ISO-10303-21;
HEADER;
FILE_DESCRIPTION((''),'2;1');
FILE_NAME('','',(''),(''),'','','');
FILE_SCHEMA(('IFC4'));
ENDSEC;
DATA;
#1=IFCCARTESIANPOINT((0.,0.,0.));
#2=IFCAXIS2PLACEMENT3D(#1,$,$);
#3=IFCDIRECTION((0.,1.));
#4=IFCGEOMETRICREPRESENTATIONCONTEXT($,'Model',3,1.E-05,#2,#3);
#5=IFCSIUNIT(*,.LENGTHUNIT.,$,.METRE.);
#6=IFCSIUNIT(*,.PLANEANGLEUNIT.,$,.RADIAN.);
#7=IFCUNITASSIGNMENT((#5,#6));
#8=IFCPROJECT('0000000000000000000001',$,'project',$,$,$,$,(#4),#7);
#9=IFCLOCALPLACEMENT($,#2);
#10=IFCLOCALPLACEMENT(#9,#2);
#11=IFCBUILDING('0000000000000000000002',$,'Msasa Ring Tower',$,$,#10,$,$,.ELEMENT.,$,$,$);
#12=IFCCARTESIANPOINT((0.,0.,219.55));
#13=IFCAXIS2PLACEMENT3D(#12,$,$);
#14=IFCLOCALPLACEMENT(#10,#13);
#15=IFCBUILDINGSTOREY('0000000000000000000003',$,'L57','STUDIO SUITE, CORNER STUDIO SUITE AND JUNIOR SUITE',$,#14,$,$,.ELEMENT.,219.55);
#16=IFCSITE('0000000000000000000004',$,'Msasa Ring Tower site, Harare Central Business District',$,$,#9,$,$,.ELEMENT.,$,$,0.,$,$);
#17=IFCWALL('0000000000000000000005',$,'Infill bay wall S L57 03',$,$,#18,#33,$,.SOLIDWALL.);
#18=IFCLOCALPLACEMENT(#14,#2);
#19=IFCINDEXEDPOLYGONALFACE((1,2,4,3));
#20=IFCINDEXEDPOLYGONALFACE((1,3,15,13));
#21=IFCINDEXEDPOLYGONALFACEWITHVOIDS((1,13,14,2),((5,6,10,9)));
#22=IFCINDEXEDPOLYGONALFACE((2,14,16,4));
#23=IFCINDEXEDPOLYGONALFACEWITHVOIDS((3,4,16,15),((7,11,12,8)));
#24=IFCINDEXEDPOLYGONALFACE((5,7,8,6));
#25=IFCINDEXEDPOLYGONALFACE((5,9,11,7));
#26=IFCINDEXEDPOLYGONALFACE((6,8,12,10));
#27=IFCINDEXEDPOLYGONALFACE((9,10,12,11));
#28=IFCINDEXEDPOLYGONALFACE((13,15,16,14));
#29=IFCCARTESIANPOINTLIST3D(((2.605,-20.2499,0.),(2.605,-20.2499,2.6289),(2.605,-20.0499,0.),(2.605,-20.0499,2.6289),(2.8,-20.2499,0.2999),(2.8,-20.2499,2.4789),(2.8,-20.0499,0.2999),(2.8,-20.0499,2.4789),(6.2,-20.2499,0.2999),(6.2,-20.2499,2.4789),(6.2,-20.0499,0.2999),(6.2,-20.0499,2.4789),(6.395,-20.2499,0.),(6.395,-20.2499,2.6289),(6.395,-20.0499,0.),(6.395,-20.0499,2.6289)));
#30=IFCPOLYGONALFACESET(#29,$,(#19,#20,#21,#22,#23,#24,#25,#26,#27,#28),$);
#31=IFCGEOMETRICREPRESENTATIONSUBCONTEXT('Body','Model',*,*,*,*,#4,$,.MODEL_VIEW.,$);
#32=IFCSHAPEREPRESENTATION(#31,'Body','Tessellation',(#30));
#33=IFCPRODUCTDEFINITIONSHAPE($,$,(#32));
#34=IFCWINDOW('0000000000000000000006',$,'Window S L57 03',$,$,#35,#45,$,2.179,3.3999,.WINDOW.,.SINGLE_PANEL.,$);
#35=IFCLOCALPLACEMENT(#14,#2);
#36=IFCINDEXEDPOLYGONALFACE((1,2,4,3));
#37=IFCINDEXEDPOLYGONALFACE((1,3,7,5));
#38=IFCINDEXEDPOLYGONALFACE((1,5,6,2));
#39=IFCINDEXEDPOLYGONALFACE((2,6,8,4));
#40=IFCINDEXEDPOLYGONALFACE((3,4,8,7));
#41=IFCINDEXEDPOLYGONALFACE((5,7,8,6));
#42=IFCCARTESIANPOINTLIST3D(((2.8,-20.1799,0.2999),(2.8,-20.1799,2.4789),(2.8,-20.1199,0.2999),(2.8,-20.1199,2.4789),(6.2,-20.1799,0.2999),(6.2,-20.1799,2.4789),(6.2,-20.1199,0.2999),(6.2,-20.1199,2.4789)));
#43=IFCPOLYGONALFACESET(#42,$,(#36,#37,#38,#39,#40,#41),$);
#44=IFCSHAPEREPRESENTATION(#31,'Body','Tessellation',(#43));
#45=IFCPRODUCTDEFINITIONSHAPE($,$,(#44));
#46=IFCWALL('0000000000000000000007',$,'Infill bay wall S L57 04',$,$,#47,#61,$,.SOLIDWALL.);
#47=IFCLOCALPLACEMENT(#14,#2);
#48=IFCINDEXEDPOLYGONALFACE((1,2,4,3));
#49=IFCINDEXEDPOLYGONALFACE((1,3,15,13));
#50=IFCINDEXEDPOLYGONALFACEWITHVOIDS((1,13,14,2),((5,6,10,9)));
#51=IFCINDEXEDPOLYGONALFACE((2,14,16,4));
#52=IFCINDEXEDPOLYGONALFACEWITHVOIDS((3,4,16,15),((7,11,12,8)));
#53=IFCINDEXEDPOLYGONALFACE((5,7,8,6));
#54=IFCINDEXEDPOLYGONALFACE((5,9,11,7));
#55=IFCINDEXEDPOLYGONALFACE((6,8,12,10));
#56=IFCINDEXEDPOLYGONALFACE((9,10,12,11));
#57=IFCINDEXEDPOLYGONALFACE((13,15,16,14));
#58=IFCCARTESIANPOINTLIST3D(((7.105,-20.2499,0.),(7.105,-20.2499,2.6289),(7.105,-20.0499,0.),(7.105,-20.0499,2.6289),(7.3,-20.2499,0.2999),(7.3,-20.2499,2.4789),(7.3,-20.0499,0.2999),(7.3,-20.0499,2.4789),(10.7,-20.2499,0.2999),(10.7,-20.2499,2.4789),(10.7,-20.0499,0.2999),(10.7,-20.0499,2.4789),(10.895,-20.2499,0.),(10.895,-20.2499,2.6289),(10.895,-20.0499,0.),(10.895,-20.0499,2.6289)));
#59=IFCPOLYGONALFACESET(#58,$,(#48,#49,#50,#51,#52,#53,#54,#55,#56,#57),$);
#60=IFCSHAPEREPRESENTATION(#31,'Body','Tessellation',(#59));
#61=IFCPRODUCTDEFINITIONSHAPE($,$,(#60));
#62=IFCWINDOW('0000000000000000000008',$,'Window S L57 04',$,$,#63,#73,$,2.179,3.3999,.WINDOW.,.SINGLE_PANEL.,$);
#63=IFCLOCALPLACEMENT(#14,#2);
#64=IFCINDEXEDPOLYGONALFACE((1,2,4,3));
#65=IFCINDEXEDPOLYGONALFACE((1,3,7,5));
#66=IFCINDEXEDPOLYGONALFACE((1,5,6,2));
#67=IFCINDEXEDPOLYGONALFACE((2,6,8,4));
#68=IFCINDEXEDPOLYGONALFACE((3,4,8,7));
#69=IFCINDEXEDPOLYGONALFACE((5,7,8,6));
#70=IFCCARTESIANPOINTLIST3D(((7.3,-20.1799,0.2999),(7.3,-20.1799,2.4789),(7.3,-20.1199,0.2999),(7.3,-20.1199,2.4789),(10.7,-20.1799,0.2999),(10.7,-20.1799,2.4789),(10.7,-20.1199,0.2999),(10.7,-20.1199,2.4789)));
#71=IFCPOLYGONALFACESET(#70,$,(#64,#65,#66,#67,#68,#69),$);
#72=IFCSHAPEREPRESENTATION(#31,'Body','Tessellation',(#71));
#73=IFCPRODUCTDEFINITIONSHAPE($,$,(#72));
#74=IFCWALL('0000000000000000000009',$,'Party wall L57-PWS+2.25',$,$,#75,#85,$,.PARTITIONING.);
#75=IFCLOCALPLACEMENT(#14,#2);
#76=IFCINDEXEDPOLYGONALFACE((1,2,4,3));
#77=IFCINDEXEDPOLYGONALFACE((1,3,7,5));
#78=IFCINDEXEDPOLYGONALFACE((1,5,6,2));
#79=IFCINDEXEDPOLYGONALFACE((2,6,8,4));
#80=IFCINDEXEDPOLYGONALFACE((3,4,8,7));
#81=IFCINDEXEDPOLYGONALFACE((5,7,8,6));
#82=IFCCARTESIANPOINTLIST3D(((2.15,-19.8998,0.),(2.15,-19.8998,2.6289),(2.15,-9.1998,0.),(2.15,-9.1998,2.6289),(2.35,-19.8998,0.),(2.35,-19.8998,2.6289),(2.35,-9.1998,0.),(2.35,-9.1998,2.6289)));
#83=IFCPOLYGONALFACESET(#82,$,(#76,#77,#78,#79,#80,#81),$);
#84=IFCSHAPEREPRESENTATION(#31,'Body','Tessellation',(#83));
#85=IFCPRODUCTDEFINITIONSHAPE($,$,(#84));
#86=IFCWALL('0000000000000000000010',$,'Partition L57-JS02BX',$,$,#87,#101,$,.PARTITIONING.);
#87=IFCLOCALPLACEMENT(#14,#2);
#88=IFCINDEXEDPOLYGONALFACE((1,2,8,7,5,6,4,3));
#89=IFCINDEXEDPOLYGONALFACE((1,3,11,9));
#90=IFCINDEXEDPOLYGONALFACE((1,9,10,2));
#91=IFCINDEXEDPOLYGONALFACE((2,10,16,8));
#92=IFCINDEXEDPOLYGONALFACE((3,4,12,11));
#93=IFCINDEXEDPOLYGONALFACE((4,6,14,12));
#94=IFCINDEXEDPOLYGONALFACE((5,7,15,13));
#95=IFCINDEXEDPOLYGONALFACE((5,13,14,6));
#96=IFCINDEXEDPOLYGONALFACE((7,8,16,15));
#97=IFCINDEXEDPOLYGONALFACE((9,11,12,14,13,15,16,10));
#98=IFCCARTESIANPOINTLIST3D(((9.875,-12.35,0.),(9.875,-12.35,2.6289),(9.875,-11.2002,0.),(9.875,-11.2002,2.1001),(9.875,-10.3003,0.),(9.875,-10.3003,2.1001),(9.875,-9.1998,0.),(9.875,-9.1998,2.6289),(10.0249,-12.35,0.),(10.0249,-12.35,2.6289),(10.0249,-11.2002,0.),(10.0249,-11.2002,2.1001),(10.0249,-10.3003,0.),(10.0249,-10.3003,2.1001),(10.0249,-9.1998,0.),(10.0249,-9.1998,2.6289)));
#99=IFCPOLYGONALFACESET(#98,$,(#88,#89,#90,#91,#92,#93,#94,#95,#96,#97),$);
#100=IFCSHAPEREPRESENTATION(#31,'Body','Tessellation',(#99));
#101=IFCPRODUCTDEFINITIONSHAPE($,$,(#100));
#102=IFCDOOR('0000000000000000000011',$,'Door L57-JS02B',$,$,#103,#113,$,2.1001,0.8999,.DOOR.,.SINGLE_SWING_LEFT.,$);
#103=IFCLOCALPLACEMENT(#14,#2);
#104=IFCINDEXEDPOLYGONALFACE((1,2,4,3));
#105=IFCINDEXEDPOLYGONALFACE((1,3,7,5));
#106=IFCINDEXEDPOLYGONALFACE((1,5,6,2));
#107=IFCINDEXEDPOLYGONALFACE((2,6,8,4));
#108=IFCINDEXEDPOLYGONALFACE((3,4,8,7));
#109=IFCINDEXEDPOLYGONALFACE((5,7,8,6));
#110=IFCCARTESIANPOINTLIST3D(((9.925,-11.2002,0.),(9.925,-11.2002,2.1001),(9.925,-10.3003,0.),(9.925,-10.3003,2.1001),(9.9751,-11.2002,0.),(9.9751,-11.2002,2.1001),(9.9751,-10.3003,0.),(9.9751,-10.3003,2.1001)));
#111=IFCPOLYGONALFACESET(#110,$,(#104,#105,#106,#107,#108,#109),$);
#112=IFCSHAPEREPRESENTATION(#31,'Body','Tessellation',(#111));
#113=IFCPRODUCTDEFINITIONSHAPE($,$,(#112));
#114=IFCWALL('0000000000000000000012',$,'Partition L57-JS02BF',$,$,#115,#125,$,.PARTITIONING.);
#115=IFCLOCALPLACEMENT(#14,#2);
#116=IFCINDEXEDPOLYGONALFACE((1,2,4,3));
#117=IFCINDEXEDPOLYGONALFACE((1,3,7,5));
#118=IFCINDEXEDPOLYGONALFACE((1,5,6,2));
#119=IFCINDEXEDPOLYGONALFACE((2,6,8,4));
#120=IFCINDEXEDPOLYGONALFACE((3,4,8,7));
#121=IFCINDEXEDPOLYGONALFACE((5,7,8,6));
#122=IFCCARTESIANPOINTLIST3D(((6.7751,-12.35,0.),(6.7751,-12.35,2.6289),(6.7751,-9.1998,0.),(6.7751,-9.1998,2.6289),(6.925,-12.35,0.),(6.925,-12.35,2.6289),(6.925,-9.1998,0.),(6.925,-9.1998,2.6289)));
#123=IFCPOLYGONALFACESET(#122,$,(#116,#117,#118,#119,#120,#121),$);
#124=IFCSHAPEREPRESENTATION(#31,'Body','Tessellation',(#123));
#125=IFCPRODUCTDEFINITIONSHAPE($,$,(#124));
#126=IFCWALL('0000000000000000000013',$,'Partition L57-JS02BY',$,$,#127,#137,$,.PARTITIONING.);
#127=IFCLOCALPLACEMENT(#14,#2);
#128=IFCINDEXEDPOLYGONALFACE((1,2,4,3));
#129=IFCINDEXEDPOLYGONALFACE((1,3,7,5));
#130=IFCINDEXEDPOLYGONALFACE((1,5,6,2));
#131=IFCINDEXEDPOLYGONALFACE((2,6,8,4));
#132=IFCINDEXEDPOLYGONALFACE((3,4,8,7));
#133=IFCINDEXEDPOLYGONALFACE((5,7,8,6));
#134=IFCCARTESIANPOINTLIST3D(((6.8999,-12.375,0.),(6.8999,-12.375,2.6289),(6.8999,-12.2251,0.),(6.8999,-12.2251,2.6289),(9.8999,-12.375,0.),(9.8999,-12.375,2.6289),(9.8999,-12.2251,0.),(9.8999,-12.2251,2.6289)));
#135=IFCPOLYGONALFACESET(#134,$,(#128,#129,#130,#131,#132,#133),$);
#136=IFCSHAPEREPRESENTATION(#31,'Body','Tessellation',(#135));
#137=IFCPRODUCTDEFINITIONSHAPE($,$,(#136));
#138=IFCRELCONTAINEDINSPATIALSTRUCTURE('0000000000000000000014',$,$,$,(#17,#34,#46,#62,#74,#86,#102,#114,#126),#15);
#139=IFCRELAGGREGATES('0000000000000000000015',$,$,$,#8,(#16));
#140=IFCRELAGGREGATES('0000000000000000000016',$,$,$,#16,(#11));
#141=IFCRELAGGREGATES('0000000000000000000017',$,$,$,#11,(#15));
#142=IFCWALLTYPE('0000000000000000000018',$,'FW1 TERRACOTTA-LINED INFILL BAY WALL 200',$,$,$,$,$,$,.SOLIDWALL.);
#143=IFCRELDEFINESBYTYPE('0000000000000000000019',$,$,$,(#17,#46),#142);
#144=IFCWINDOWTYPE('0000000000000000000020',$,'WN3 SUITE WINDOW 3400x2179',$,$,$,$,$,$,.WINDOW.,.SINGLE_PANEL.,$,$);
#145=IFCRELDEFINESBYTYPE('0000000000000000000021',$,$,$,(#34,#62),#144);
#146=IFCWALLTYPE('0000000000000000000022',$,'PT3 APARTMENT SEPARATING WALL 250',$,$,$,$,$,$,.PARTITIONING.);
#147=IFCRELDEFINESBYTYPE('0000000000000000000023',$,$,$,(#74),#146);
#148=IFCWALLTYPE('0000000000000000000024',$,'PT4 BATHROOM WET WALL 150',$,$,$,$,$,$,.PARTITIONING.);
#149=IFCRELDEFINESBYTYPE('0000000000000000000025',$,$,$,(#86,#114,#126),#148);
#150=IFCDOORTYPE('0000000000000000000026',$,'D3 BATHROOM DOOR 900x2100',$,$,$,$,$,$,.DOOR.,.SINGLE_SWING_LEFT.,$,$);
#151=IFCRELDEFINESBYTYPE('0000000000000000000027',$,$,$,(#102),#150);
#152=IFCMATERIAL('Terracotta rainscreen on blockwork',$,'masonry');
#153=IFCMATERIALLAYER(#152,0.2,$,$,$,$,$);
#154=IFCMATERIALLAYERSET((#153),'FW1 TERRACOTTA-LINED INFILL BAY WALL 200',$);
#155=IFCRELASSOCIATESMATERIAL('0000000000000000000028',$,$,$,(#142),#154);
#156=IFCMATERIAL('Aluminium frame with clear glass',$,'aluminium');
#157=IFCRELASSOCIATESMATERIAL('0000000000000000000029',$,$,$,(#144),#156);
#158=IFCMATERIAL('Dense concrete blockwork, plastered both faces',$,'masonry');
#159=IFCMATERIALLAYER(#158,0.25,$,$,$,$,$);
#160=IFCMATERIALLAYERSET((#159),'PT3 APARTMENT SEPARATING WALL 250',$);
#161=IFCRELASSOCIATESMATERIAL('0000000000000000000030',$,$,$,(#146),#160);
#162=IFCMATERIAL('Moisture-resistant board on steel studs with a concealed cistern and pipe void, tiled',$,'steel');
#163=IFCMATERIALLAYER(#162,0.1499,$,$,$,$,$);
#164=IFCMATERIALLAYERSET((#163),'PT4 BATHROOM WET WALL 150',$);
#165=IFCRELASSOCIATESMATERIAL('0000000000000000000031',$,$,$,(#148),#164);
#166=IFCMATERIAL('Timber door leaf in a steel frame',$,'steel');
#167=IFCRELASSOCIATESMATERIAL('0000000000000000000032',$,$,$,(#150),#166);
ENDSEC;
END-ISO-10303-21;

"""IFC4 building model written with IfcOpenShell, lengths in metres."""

from ifc_helpers import new_model, si_unit, direction, frame, frame_2d, origin, place, context, subcontext, project, spatial, rectangle, extrude, material, layer, layer_set, type_object, element, fill, save


model = new_model("IFC4")

# Units and contexts
model_context = context("Model", 3, precision=1e-05, world=origin(), true_north=direction((0.0, 1.0)))
body_context = subcontext(model_context, "Body", "Model", "MODEL_VIEW")
ifc_project = project(units=[si_unit("LENGTHUNIT", "METRE"), si_unit("PLANEANGLEUNIT", "RADIAN")], contexts=[model_context])

# Site, building, storey
site_placement = place(None, origin())
site = spatial("IfcSite", under=ifc_project, at=site_placement, Name="Msasa Ring Tower site, Harare Central Business District", CompositionType="ELEMENT", RefElevation=0.0)
building_placement = place(site_placement, origin())
building = spatial("IfcBuilding", under=site, at=building_placement, Name="Msasa Ring Tower", CompositionType="ELEMENT")
storey_placement = place(building_placement, frame((0.0, 0.0, 219.55)))
storey = spatial("IfcBuildingStorey", under=building, at=storey_placement, Name="L57", Description="STUDIO SUITE, CORNER STUDIO SUITE AND JUNIOR SUITE", CompositionType="ELEMENT", Elevation=219.55)

# Walls, openings, windows
ifc_material_1 = material(Name="Terracotta rainscreen on blockwork", Category="masonry")
ifc_layer_1 = layer(ifc_material_1, 0.2)
ifc_layer_set_1 = layer_set([ifc_layer_1], Name="FW1 TERRACOTTA-LINED INFILL BAY WALL 200")
wall_type_1 = type_object("IfcWallType", Name="FW1 TERRACOTTA-LINED INFILL BAY WALL 200", PredefinedType="SOLIDWALL", material=ifc_layer_set_1)
wall_1_placement = place(storey_placement, frame((2.605, -20.1499, 0.0), z_axis=(0.0, 0.0, 1.0), x_axis=(1.0, 0.0, 0.0)))
wall_1 = element("IfcWall", 1, at=wall_1_placement, inside=storey, type_object=wall_type_1, Name="Infill bay wall S L57 03", PredefinedType="SOLIDWALL", context=body_context, shape_type="SweptSolid", body=[
    extrude(rectangle(XDim=3.79, YDim=0.2, at=frame_2d((1.895, 0.0))), origin(), (0.0, 0.0, 1.0), 2.6289),
])
opening_1_placement = place(wall_1_placement, frame((0.1951, 0.0, 0.3)))
opening_1 = element("IfcOpeningElement", 2, at=opening_1_placement, cuts=wall_1, PredefinedType="OPENING", context=body_context, shape_type="SweptSolid", body=[
    extrude(rectangle(XDim=3.3999, YDim=2.179, at=frame_2d((1.7, 1.0894))), frame((0.0, 0.1099, 0.0), z_axis=(0.0, -1.0, 0.0), x_axis=(1.0, 0.0, 0.0)), (0.0, 0.0, 1.0), 0.22),
])
ifc_material_2 = material(Name="Aluminium frame with clear glass", Category="aluminium")
window_type = type_object("IfcWindowType", Name="WN3 SUITE WINDOW 3400x2179", PartitioningType="SINGLE_PANEL", PredefinedType="WINDOW", material=ifc_material_2)
window_1_placement = place(opening_1_placement, origin())
window_1 = element("IfcWindow", 3, at=window_1_placement, inside=storey, type_object=window_type, Name="Window S L57 03", OverallHeight=2.179, OverallWidth=3.3999, PartitioningType="SINGLE_PANEL", PredefinedType="WINDOW", context=body_context, shape_type="SweptSolid", body=[
    extrude(rectangle(XDim=3.3999, YDim=2.179, at=frame_2d((1.7, 1.0894))), frame((0.0, 0.03, 0.0), z_axis=(0.0, -1.0, 0.0), x_axis=(1.0, 0.0, 0.0)), (0.0, 0.0, 1.0), 0.0601),
])
fill(opening_1, window_1)
wall_2_placement = place(storey_placement, frame((7.105, -20.1499, 0.0), z_axis=(0.0, 0.0, 1.0), x_axis=(1.0, 0.0, 0.0)))
wall_2 = element("IfcWall", 4, at=wall_2_placement, inside=storey, type_object=wall_type_1, Name="Infill bay wall S L57 04", PredefinedType="SOLIDWALL", context=body_context, shape_type="SweptSolid", body=[
    extrude(rectangle(XDim=3.79, YDim=0.2, at=frame_2d((1.895, 0.0))), origin(), (0.0, 0.0, 1.0), 2.6289),
])
opening_2_placement = place(wall_2_placement, frame((0.1951, 0.0, 0.3)))
opening_2 = element("IfcOpeningElement", 5, at=opening_2_placement, cuts=wall_2, PredefinedType="OPENING", context=body_context, shape_type="SweptSolid", body=[
    extrude(rectangle(XDim=3.3999, YDim=2.179, at=frame_2d((1.7, 1.0894))), frame((0.0, 0.1099, 0.0), z_axis=(0.0, -1.0, 0.0), x_axis=(1.0, 0.0, 0.0)), (0.0, 0.0, 1.0), 0.22),
])
window_2_placement = place(opening_2_placement, origin())
window_2 = element("IfcWindow", 6, at=window_2_placement, inside=storey, type_object=window_type, Name="Window S L57 04", OverallHeight=2.179, OverallWidth=3.3999, PartitioningType="SINGLE_PANEL", PredefinedType="WINDOW", context=body_context, shape_type="SweptSolid", body=[
    extrude(rectangle(XDim=3.3999, YDim=2.179, at=frame_2d((1.7, 1.0894))), frame((0.0, 0.03, 0.0), z_axis=(0.0, -1.0, 0.0), x_axis=(1.0, 0.0, 0.0)), (0.0, 0.0, 1.0), 0.0601),
])
fill(opening_2, window_2)

# Wall
ifc_material_3 = material(Name="Dense concrete blockwork, plastered both faces", Category="masonry")
ifc_layer_2 = layer(ifc_material_3, 0.25)
ifc_layer_set_2 = layer_set([ifc_layer_2], Name="PT3 APARTMENT SEPARATING WALL 250")
wall_type_2 = type_object("IfcWallType", Name="PT3 APARTMENT SEPARATING WALL 250", PredefinedType="PARTITIONING", material=ifc_layer_set_2)
wall_3_placement = place(storey_placement, frame((2.25, -19.8999, 0.0), z_axis=(0.0, 0.0, 1.0), x_axis=(0.0, 1.0, 0.0)))
element("IfcWall", 7, at=wall_3_placement, inside=storey, type_object=wall_type_2, Name="Party wall L57-PWS+2.25", PredefinedType="PARTITIONING", context=body_context, shape_type="SweptSolid", body=[
    extrude(rectangle(XDim=10.7, YDim=0.2, at=frame_2d((5.3501, 0.0))), origin(), (0.0, 0.0, 1.0), 2.6289),
])

# Wall, opening, door
ifc_material_4 = material(Name="Moisture-resistant board on steel studs with a concealed cistern and pipe void, tiled", Category="steel")
ifc_layer_3 = layer(ifc_material_4, 0.1499)
ifc_layer_set_3 = layer_set([ifc_layer_3], Name="PT4 BATHROOM WET WALL 150")
wall_type_3 = type_object("IfcWallType", Name="PT4 BATHROOM WET WALL 150", PredefinedType="PARTITIONING", material=ifc_layer_set_3)
wall_4_placement = place(storey_placement, frame((9.95, -12.3501, 0.0), z_axis=(0.0, 0.0, 1.0), x_axis=(0.0, 1.0, 0.0)))
wall_4 = element("IfcWall", 8, at=wall_4_placement, inside=storey, type_object=wall_type_3, Name="Partition L57-JS02BX", PredefinedType="PARTITIONING", context=body_context, shape_type="SweptSolid", body=[
    extrude(rectangle(XDim=3.1501, YDim=0.1499, at=frame_2d((1.5752, 0.0))), origin(), (0.0, 0.0, 1.0), 2.6289),
])
opening_3_placement = place(wall_4_placement, frame((1.1499, 0.0, 0.0)))
opening_3 = element("IfcOpeningElement", 9, at=opening_3_placement, cuts=wall_4, PredefinedType="OPENING", context=body_context, shape_type="SweptSolid", body=[
    extrude(rectangle(XDim=0.8999, YDim=2.1001, at=frame_2d((0.45, 1.05))), frame((0.0, 0.085, 0.0), z_axis=(0.0, -1.0, 0.0), x_axis=(1.0, 0.0, 0.0)), (0.0, 0.0, 1.0), 0.1699),
])
ifc_material_5 = material(Name="Timber door leaf in a steel frame", Category="steel")
door_type = type_object("IfcDoorType", Name="D3 BATHROOM DOOR 900x2100", OperationType="SINGLE_SWING_LEFT", PredefinedType="DOOR", material=ifc_material_5)
door_placement = place(opening_3_placement, origin())
door = element("IfcDoor", 10, at=door_placement, inside=storey, type_object=door_type, Name="Door L57-JS02B", OperationType="SINGLE_SWING_LEFT", OverallHeight=2.1001, OverallWidth=0.8999, PredefinedType="DOOR", context=body_context, shape_type="SweptSolid", body=[
    extrude(rectangle(XDim=0.8999, YDim=2.1001, at=frame_2d((0.45, 1.05))), frame((0.0, 0.0249, 0.0), z_axis=(0.0, -1.0, 0.0), x_axis=(1.0, 0.0, 0.0)), (0.0, 0.0, 1.0), 0.05),
])
fill(opening_3, door)

# Walls
wall_5_placement = place(storey_placement, frame((6.8501, -12.3501, 0.0), z_axis=(0.0, 0.0, 1.0), x_axis=(0.0, 1.0, 0.0)))
element("IfcWall", 11, at=wall_5_placement, inside=storey, type_object=wall_type_3, Name="Partition L57-JS02BF", PredefinedType="PARTITIONING", context=body_context, shape_type="SweptSolid", body=[
    extrude(rectangle(XDim=3.1501, YDim=0.1499, at=frame_2d((1.5752, 0.0))), origin(), (0.0, 0.0, 1.0), 2.6289),
])
wall_6_placement = place(storey_placement, frame((6.8999, -12.3, 0.0), z_axis=(0.0, 0.0, 1.0), x_axis=(1.0, 0.0, 0.0)))
element("IfcWall", 12, at=wall_6_placement, inside=storey, type_object=wall_type_3, Name="Partition L57-JS02BY", PredefinedType="PARTITIONING", context=body_context, shape_type="SweptSolid", body=[
    extrude(rectangle(XDim=3.0, YDim=0.1499, at=frame_2d((1.5, 0.0))), origin(), (0.0, 0.0, 1.0), 2.6289),
])

save(model, "model.ifc")
